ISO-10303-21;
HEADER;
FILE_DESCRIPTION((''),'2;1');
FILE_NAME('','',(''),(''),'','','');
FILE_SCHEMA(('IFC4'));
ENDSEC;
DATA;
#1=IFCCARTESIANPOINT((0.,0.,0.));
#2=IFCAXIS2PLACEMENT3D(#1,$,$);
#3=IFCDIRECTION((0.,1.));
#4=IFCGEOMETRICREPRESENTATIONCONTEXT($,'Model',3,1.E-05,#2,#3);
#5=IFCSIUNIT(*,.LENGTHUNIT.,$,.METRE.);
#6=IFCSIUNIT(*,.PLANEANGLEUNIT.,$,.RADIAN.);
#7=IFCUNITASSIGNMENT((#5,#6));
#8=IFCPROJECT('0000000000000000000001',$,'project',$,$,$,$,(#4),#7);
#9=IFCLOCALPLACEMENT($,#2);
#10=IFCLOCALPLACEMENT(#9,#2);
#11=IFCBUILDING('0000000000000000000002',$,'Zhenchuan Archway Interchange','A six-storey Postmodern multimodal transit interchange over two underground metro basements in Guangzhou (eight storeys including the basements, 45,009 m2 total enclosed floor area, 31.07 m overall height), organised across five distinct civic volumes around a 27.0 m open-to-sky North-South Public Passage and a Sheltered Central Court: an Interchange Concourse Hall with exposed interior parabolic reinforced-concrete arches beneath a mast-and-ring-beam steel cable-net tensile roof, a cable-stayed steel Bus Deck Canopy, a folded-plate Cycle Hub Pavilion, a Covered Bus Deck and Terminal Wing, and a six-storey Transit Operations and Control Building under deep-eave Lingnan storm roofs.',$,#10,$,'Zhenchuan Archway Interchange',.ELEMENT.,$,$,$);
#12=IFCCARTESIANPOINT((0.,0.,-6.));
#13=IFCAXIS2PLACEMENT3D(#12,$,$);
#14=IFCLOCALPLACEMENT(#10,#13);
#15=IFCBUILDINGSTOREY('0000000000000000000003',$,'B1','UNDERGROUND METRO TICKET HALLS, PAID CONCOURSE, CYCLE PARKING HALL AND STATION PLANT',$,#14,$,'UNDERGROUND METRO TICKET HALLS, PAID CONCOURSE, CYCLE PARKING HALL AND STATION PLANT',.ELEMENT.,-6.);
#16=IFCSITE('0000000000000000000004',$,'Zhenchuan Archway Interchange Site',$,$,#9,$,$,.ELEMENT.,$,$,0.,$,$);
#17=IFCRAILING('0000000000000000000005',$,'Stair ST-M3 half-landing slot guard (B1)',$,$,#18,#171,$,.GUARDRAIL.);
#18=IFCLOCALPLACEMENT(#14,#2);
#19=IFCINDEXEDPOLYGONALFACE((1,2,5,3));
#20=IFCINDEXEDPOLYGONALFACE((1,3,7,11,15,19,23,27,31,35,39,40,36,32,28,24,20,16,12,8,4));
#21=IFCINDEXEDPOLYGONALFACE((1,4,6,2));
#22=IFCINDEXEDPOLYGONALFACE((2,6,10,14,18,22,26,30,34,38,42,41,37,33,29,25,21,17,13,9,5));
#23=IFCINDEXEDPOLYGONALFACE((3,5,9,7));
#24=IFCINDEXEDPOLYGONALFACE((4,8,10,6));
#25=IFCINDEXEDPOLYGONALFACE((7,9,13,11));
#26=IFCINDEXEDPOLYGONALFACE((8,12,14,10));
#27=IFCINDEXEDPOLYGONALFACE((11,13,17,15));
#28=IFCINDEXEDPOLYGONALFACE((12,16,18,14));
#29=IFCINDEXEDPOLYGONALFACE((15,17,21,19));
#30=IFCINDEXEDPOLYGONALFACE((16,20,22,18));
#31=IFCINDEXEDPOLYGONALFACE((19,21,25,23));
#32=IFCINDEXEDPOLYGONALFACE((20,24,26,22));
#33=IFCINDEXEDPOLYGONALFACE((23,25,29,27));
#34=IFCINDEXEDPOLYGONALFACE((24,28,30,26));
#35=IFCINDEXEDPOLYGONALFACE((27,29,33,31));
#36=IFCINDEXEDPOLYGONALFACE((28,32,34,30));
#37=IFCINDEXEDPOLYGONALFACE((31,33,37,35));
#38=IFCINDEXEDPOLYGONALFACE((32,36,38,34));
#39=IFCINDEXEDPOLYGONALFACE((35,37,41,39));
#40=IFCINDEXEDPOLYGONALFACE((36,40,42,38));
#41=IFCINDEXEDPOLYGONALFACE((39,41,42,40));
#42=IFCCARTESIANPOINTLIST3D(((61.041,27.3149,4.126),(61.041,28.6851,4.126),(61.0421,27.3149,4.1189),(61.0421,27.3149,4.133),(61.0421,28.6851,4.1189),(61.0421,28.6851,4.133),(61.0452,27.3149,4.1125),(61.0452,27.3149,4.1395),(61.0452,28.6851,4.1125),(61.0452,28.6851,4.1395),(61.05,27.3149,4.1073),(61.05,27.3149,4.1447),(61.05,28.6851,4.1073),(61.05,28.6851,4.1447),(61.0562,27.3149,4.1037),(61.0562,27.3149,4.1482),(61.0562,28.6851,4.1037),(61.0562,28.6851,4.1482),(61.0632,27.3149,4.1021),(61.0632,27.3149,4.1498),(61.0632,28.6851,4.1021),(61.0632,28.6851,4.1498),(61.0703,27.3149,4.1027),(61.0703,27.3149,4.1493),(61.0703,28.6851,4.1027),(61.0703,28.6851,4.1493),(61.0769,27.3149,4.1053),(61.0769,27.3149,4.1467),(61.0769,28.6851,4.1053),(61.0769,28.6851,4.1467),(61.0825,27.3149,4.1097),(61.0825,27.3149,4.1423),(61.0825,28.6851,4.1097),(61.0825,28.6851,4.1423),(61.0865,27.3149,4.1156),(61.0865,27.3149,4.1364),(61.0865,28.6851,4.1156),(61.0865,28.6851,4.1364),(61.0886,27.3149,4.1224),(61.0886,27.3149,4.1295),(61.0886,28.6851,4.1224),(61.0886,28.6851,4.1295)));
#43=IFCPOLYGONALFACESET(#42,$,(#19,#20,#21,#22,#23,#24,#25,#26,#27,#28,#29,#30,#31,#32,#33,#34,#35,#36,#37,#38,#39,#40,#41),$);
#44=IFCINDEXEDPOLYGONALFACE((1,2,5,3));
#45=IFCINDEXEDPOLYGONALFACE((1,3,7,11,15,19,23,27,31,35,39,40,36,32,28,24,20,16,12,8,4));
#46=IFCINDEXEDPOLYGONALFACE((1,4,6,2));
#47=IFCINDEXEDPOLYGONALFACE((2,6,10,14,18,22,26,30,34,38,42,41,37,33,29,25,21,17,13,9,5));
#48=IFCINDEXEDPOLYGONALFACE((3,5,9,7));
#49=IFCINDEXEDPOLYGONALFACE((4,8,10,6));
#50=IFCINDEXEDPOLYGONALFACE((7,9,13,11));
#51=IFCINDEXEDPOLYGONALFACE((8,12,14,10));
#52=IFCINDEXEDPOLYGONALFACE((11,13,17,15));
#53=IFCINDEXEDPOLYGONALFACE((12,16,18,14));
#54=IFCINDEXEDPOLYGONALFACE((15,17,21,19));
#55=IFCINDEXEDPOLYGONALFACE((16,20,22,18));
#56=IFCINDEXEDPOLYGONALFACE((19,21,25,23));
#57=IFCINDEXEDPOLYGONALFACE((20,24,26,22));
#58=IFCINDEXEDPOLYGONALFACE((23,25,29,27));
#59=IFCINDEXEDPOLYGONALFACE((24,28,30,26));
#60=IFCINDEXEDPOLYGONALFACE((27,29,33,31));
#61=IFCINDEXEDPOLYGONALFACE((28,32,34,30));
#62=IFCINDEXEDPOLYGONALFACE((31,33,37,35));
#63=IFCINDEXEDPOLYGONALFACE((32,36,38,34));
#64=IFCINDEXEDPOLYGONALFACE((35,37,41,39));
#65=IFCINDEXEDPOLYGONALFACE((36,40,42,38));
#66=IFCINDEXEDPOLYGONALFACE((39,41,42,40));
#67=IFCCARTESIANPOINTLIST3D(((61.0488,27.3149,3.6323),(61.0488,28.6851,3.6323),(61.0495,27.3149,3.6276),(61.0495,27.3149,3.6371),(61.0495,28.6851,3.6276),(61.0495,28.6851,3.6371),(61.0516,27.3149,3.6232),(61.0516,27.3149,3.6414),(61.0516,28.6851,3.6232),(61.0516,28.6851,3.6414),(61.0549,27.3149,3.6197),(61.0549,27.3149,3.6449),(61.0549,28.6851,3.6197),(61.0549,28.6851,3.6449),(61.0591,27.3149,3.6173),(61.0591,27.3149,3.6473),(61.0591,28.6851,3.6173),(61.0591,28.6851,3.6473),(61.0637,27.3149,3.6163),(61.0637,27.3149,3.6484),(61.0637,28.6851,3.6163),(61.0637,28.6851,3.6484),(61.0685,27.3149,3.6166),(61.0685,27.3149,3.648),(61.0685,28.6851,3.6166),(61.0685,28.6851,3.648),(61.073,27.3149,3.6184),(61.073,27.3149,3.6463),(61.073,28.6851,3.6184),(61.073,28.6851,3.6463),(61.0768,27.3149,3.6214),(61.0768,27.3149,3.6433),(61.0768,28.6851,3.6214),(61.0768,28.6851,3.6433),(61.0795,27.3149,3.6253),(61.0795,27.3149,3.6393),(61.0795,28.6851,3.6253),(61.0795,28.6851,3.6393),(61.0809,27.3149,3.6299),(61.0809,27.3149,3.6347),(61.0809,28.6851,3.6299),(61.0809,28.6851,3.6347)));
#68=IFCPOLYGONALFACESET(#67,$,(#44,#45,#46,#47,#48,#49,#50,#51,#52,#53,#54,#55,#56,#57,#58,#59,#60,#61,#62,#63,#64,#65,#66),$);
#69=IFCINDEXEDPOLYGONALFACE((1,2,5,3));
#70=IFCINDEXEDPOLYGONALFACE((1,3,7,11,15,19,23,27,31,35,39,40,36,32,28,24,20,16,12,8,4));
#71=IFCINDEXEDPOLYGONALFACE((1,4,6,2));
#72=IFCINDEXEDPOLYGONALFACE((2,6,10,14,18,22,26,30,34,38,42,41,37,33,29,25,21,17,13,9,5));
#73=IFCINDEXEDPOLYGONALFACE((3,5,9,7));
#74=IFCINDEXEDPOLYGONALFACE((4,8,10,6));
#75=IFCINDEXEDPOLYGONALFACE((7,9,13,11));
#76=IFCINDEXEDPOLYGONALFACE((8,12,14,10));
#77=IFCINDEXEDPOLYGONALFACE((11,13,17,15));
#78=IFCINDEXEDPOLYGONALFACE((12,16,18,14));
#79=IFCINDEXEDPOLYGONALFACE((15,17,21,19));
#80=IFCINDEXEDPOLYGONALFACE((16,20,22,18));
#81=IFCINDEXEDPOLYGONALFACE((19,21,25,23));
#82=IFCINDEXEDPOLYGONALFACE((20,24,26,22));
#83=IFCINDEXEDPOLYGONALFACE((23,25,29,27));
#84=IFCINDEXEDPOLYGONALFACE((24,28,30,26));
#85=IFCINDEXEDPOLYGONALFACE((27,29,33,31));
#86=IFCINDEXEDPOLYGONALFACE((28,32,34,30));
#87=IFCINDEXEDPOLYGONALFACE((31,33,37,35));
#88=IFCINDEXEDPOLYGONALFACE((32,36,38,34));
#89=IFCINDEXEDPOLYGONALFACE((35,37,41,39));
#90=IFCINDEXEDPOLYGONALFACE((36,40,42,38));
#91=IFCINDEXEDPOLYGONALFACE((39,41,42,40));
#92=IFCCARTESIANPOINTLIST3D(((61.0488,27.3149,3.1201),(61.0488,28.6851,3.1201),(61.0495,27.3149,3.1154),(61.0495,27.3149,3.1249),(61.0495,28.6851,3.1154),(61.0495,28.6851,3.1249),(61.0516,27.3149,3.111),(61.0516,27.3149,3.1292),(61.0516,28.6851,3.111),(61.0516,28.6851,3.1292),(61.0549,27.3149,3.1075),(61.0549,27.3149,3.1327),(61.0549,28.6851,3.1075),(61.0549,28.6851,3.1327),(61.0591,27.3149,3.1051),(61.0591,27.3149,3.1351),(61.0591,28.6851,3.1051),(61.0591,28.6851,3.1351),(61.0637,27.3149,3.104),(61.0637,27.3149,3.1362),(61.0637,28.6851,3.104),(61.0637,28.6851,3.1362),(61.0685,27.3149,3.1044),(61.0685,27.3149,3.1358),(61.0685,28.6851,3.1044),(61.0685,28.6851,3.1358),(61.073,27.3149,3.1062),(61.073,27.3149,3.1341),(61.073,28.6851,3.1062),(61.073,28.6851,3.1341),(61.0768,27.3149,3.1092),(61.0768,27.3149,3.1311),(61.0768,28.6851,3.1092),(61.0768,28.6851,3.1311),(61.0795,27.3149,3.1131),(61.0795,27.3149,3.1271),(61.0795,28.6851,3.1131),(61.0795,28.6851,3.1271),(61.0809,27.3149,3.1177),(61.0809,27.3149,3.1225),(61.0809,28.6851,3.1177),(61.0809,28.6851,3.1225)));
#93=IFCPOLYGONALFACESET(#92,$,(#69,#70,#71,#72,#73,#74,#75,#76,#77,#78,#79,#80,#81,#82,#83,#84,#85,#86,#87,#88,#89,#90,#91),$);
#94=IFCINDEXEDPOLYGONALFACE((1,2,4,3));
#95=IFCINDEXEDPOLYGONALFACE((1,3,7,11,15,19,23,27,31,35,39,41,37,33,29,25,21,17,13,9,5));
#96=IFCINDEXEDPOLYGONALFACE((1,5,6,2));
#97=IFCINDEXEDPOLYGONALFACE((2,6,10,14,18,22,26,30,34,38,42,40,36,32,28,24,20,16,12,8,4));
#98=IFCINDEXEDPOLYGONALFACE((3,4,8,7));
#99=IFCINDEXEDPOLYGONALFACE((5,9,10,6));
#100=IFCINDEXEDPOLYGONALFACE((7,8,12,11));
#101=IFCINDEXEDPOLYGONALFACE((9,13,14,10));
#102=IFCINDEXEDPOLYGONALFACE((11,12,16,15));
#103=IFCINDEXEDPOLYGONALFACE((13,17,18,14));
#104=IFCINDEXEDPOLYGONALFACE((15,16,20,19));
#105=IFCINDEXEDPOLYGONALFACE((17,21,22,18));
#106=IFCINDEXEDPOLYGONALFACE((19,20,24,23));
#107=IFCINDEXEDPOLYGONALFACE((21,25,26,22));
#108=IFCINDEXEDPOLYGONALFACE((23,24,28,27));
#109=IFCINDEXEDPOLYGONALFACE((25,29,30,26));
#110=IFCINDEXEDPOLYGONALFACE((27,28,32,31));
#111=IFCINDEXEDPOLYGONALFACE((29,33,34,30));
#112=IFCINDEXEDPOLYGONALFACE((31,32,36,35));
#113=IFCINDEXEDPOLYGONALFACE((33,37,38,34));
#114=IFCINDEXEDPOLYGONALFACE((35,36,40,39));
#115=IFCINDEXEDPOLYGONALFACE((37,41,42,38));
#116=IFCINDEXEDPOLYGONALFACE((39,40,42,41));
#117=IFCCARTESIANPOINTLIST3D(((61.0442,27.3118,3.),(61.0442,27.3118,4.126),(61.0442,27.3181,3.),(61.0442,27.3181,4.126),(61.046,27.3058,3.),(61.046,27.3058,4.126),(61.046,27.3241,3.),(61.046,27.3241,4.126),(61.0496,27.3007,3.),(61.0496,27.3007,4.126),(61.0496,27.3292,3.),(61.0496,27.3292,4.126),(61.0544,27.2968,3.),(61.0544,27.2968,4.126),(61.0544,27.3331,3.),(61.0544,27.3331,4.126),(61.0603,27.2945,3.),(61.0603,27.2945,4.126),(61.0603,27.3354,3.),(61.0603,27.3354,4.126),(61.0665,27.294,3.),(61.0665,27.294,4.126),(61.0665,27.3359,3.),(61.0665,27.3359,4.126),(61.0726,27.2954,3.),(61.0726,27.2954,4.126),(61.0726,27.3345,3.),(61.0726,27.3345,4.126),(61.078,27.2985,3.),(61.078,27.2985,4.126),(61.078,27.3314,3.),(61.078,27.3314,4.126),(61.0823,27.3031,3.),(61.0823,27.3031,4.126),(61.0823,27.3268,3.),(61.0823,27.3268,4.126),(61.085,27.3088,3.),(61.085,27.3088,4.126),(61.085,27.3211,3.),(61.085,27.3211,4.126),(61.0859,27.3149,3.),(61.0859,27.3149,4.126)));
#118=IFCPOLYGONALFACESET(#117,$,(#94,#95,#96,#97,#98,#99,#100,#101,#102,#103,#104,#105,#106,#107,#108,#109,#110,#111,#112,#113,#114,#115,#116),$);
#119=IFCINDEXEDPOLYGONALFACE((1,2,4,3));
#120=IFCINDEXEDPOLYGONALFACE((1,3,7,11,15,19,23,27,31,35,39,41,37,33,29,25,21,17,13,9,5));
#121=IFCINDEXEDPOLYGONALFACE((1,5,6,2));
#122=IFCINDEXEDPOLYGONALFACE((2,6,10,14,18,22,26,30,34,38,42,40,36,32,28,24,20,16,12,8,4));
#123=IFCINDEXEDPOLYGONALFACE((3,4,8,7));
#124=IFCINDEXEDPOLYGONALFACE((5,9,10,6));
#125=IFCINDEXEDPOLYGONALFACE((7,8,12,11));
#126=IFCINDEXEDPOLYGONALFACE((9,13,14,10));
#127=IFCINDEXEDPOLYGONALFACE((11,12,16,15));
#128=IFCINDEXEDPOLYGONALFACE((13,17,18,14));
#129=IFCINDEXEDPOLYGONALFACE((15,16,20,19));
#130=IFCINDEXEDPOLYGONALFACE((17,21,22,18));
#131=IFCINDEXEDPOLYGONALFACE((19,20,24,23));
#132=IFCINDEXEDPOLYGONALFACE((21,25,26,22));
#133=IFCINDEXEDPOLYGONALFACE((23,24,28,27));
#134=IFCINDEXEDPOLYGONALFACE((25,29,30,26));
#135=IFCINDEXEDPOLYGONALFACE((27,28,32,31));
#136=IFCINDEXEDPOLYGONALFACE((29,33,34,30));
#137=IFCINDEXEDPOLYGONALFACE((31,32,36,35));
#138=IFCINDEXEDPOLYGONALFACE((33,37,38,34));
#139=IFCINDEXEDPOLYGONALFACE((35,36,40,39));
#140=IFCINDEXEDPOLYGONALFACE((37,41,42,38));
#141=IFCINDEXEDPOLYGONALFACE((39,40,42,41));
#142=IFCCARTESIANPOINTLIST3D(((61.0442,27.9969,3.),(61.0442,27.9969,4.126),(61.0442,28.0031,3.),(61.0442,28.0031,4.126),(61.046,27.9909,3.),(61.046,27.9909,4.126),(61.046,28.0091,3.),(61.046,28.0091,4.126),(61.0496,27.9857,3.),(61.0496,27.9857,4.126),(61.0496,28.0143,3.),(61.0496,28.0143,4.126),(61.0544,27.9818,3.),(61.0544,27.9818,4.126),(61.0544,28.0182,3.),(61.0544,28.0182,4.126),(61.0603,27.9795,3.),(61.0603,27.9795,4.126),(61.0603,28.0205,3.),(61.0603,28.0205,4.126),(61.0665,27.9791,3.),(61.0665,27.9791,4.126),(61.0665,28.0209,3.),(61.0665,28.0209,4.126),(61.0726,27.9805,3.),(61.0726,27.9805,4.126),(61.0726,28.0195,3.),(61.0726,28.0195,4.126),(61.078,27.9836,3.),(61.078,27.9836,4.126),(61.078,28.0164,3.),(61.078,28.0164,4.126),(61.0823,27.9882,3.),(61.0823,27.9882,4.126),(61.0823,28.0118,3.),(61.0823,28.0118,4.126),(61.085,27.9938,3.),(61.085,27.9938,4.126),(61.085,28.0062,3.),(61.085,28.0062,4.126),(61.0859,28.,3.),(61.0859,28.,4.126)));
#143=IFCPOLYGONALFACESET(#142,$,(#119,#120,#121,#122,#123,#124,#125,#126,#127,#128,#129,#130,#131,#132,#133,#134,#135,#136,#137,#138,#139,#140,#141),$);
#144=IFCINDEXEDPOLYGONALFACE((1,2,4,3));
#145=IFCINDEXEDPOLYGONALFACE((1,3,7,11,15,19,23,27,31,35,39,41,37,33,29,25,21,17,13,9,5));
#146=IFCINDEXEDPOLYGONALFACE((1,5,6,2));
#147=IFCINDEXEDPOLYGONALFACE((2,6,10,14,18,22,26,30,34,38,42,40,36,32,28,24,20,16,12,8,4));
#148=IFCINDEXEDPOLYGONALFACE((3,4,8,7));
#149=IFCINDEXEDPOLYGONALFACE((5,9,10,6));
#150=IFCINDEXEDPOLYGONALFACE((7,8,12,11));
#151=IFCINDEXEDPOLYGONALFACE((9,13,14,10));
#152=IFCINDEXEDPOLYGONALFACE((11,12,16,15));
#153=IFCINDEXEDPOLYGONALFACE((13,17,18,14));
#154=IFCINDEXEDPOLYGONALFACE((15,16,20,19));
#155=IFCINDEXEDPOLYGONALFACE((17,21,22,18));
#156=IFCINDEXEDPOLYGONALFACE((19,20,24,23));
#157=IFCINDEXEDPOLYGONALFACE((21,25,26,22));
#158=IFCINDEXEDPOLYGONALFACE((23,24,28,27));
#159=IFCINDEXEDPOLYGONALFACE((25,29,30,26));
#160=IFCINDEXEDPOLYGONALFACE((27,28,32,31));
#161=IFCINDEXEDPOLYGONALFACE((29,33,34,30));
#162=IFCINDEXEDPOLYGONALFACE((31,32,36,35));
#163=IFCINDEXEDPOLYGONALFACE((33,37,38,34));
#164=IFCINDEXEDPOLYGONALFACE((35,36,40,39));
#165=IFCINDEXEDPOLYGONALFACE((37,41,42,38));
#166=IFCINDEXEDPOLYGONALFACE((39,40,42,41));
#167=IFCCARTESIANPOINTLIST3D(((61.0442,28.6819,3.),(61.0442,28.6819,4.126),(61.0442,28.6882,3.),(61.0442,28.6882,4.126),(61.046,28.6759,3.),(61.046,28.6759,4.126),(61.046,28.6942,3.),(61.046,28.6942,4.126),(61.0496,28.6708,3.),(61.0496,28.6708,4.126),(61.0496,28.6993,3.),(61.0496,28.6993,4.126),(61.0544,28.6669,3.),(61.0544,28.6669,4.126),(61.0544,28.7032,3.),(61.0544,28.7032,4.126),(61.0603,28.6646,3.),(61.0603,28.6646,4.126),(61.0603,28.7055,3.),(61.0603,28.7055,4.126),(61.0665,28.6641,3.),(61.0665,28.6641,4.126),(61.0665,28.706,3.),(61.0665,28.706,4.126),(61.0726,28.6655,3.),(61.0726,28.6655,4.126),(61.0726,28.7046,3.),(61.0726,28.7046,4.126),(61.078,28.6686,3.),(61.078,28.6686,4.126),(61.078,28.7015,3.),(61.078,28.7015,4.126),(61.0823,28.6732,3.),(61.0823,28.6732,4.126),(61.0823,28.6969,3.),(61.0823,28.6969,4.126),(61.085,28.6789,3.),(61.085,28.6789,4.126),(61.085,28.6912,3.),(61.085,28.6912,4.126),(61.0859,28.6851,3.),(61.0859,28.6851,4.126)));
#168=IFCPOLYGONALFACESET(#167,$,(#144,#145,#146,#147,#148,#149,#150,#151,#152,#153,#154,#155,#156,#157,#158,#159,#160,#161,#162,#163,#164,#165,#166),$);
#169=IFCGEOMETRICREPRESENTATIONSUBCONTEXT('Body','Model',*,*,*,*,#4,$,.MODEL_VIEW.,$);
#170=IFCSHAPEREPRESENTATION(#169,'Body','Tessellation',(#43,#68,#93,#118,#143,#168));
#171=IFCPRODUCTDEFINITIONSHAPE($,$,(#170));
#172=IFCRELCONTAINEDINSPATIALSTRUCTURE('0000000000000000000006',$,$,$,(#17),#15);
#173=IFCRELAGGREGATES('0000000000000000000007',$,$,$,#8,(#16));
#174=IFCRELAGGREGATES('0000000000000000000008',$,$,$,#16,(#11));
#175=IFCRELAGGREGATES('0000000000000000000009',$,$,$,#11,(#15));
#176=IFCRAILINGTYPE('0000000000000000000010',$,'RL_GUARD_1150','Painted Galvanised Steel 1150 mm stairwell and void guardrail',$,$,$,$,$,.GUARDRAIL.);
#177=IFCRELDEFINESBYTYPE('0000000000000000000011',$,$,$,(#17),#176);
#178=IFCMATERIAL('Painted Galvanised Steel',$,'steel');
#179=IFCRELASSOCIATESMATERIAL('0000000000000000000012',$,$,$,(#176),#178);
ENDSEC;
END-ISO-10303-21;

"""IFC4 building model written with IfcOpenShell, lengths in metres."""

from ifc_helpers import new_model, si_unit, direction, frame, origin, origin_2d, place, context, subcontext, project, spatial, circle, extrude, material, type_object, element, save


model = new_model("IFC4")

# Units and contexts
model_context = context("Model", 3, precision=1e-05, world=origin(), true_north=direction((0.0, 1.0)))
body_context = subcontext(model_context, "Body", "Model", "MODEL_VIEW")
ifc_project = project(units=[si_unit("LENGTHUNIT", "METRE"), si_unit("PLANEANGLEUNIT", "RADIAN")], contexts=[model_context])

# Site, building, storey
site_placement = place(None, origin())
site = spatial("IfcSite", under=ifc_project, at=site_placement, Name="Zhenchuan Archway Interchange Site", CompositionType="ELEMENT", RefElevation=0.0)
building_placement = place(site_placement, origin())
building = spatial("IfcBuilding", under=site, at=building_placement, Name="Zhenchuan Archway Interchange", Description="A six-storey Postmodern multimodal transit interchange over two underground metro basements in Guangzhou (eight storeys including the basements, 45,009 m2 total enclosed floor area, 31.07 m overall height), organised across five distinct civic volumes around a 27.0 m open-to-sky North-South Public Passage and a Sheltered Central Court: an Interchange Concourse Hall with exposed interior parabolic reinforced-concrete arches beneath a mast-and-ring-beam steel cable-net tensile roof, a cable-stayed steel Bus Deck Canopy, a folded-plate Cycle Hub Pavilion, a Covered Bus Deck and Terminal Wing, and a six-storey Transit Operations and Control Building under deep-eave Lingnan storm roofs.", LongName="Zhenchuan Archway Interchange", CompositionType="ELEMENT")
storey_placement = place(building_placement, frame((0.0, 0.0, -6.0)))
storey = spatial("IfcBuildingStorey", under=building, at=storey_placement, Name="B1", Description="UNDERGROUND METRO TICKET HALLS, PAID CONCOURSE, CYCLE PARKING HALL AND STATION PLANT", LongName="UNDERGROUND METRO TICKET HALLS, PAID CONCOURSE, CYCLE PARKING HALL AND STATION PLANT", CompositionType="ELEMENT", Elevation=-6.0)

# Shared definitions
ifc_material_1 = material(Name="Painted Galvanised Steel", Category="steel")

# Railing
railing_type_1 = type_object("IfcRailingType", Name="RL_GUARD_1150", Description="Painted Galvanised Steel 1150 mm stairwell and void guardrail", PredefinedType="GUARDRAIL", material=ifc_material_1)
for number, where, name in (
    (1, (61.0649, 27.3149, 3.0), "Stair ST-M3 half-landing slot guard (B1)"),
):
    element("IfcRailing", number, at=place(storey_placement, frame(where)), inside=storey, type_object=railing_type_1, Name=name, PredefinedType="GUARDRAIL", context=body_context, shape_type="SweptSolid", body=[
        extrude(circle(Radius=0.0239, at=origin_2d()), frame((0.0, 0.0, 1.126), z_axis=(0.0, 1.0, 0.0), x_axis=(-1.0, 0.0, 0.0)), (0.0, 0.0, 1.0), 1.3701),
        extrude(circle(Radius=0.0161, at=origin_2d()), frame((0.0, 0.0, 0.6323), z_axis=(0.0, 1.0, 0.0), x_axis=(-1.0, 0.0, 0.0)), (0.0, 0.0, 1.0), 1.3701),
        extrude(circle(Radius=0.0161, at=origin_2d()), frame((0.0, 0.0, 0.1201), z_axis=(0.0, 1.0, 0.0), x_axis=(-1.0, 0.0, 0.0)), (0.0, 0.0, 1.0), 1.3701),
        extrude(circle(Radius=0.021, at=origin_2d()), origin(), (0.0, 0.0, 1.0), 1.126),
        extrude(circle(Radius=0.021, at=origin_2d()), frame((0.0, 0.6851, 0.0)), (0.0, 0.0, 1.0), 1.126),
        extrude(circle(Radius=0.021, at=origin_2d()), frame((0.0, 1.3701, 0.0)), (0.0, 0.0, 1.0), 1.126),
    ])

save(model, "model.ifc")
